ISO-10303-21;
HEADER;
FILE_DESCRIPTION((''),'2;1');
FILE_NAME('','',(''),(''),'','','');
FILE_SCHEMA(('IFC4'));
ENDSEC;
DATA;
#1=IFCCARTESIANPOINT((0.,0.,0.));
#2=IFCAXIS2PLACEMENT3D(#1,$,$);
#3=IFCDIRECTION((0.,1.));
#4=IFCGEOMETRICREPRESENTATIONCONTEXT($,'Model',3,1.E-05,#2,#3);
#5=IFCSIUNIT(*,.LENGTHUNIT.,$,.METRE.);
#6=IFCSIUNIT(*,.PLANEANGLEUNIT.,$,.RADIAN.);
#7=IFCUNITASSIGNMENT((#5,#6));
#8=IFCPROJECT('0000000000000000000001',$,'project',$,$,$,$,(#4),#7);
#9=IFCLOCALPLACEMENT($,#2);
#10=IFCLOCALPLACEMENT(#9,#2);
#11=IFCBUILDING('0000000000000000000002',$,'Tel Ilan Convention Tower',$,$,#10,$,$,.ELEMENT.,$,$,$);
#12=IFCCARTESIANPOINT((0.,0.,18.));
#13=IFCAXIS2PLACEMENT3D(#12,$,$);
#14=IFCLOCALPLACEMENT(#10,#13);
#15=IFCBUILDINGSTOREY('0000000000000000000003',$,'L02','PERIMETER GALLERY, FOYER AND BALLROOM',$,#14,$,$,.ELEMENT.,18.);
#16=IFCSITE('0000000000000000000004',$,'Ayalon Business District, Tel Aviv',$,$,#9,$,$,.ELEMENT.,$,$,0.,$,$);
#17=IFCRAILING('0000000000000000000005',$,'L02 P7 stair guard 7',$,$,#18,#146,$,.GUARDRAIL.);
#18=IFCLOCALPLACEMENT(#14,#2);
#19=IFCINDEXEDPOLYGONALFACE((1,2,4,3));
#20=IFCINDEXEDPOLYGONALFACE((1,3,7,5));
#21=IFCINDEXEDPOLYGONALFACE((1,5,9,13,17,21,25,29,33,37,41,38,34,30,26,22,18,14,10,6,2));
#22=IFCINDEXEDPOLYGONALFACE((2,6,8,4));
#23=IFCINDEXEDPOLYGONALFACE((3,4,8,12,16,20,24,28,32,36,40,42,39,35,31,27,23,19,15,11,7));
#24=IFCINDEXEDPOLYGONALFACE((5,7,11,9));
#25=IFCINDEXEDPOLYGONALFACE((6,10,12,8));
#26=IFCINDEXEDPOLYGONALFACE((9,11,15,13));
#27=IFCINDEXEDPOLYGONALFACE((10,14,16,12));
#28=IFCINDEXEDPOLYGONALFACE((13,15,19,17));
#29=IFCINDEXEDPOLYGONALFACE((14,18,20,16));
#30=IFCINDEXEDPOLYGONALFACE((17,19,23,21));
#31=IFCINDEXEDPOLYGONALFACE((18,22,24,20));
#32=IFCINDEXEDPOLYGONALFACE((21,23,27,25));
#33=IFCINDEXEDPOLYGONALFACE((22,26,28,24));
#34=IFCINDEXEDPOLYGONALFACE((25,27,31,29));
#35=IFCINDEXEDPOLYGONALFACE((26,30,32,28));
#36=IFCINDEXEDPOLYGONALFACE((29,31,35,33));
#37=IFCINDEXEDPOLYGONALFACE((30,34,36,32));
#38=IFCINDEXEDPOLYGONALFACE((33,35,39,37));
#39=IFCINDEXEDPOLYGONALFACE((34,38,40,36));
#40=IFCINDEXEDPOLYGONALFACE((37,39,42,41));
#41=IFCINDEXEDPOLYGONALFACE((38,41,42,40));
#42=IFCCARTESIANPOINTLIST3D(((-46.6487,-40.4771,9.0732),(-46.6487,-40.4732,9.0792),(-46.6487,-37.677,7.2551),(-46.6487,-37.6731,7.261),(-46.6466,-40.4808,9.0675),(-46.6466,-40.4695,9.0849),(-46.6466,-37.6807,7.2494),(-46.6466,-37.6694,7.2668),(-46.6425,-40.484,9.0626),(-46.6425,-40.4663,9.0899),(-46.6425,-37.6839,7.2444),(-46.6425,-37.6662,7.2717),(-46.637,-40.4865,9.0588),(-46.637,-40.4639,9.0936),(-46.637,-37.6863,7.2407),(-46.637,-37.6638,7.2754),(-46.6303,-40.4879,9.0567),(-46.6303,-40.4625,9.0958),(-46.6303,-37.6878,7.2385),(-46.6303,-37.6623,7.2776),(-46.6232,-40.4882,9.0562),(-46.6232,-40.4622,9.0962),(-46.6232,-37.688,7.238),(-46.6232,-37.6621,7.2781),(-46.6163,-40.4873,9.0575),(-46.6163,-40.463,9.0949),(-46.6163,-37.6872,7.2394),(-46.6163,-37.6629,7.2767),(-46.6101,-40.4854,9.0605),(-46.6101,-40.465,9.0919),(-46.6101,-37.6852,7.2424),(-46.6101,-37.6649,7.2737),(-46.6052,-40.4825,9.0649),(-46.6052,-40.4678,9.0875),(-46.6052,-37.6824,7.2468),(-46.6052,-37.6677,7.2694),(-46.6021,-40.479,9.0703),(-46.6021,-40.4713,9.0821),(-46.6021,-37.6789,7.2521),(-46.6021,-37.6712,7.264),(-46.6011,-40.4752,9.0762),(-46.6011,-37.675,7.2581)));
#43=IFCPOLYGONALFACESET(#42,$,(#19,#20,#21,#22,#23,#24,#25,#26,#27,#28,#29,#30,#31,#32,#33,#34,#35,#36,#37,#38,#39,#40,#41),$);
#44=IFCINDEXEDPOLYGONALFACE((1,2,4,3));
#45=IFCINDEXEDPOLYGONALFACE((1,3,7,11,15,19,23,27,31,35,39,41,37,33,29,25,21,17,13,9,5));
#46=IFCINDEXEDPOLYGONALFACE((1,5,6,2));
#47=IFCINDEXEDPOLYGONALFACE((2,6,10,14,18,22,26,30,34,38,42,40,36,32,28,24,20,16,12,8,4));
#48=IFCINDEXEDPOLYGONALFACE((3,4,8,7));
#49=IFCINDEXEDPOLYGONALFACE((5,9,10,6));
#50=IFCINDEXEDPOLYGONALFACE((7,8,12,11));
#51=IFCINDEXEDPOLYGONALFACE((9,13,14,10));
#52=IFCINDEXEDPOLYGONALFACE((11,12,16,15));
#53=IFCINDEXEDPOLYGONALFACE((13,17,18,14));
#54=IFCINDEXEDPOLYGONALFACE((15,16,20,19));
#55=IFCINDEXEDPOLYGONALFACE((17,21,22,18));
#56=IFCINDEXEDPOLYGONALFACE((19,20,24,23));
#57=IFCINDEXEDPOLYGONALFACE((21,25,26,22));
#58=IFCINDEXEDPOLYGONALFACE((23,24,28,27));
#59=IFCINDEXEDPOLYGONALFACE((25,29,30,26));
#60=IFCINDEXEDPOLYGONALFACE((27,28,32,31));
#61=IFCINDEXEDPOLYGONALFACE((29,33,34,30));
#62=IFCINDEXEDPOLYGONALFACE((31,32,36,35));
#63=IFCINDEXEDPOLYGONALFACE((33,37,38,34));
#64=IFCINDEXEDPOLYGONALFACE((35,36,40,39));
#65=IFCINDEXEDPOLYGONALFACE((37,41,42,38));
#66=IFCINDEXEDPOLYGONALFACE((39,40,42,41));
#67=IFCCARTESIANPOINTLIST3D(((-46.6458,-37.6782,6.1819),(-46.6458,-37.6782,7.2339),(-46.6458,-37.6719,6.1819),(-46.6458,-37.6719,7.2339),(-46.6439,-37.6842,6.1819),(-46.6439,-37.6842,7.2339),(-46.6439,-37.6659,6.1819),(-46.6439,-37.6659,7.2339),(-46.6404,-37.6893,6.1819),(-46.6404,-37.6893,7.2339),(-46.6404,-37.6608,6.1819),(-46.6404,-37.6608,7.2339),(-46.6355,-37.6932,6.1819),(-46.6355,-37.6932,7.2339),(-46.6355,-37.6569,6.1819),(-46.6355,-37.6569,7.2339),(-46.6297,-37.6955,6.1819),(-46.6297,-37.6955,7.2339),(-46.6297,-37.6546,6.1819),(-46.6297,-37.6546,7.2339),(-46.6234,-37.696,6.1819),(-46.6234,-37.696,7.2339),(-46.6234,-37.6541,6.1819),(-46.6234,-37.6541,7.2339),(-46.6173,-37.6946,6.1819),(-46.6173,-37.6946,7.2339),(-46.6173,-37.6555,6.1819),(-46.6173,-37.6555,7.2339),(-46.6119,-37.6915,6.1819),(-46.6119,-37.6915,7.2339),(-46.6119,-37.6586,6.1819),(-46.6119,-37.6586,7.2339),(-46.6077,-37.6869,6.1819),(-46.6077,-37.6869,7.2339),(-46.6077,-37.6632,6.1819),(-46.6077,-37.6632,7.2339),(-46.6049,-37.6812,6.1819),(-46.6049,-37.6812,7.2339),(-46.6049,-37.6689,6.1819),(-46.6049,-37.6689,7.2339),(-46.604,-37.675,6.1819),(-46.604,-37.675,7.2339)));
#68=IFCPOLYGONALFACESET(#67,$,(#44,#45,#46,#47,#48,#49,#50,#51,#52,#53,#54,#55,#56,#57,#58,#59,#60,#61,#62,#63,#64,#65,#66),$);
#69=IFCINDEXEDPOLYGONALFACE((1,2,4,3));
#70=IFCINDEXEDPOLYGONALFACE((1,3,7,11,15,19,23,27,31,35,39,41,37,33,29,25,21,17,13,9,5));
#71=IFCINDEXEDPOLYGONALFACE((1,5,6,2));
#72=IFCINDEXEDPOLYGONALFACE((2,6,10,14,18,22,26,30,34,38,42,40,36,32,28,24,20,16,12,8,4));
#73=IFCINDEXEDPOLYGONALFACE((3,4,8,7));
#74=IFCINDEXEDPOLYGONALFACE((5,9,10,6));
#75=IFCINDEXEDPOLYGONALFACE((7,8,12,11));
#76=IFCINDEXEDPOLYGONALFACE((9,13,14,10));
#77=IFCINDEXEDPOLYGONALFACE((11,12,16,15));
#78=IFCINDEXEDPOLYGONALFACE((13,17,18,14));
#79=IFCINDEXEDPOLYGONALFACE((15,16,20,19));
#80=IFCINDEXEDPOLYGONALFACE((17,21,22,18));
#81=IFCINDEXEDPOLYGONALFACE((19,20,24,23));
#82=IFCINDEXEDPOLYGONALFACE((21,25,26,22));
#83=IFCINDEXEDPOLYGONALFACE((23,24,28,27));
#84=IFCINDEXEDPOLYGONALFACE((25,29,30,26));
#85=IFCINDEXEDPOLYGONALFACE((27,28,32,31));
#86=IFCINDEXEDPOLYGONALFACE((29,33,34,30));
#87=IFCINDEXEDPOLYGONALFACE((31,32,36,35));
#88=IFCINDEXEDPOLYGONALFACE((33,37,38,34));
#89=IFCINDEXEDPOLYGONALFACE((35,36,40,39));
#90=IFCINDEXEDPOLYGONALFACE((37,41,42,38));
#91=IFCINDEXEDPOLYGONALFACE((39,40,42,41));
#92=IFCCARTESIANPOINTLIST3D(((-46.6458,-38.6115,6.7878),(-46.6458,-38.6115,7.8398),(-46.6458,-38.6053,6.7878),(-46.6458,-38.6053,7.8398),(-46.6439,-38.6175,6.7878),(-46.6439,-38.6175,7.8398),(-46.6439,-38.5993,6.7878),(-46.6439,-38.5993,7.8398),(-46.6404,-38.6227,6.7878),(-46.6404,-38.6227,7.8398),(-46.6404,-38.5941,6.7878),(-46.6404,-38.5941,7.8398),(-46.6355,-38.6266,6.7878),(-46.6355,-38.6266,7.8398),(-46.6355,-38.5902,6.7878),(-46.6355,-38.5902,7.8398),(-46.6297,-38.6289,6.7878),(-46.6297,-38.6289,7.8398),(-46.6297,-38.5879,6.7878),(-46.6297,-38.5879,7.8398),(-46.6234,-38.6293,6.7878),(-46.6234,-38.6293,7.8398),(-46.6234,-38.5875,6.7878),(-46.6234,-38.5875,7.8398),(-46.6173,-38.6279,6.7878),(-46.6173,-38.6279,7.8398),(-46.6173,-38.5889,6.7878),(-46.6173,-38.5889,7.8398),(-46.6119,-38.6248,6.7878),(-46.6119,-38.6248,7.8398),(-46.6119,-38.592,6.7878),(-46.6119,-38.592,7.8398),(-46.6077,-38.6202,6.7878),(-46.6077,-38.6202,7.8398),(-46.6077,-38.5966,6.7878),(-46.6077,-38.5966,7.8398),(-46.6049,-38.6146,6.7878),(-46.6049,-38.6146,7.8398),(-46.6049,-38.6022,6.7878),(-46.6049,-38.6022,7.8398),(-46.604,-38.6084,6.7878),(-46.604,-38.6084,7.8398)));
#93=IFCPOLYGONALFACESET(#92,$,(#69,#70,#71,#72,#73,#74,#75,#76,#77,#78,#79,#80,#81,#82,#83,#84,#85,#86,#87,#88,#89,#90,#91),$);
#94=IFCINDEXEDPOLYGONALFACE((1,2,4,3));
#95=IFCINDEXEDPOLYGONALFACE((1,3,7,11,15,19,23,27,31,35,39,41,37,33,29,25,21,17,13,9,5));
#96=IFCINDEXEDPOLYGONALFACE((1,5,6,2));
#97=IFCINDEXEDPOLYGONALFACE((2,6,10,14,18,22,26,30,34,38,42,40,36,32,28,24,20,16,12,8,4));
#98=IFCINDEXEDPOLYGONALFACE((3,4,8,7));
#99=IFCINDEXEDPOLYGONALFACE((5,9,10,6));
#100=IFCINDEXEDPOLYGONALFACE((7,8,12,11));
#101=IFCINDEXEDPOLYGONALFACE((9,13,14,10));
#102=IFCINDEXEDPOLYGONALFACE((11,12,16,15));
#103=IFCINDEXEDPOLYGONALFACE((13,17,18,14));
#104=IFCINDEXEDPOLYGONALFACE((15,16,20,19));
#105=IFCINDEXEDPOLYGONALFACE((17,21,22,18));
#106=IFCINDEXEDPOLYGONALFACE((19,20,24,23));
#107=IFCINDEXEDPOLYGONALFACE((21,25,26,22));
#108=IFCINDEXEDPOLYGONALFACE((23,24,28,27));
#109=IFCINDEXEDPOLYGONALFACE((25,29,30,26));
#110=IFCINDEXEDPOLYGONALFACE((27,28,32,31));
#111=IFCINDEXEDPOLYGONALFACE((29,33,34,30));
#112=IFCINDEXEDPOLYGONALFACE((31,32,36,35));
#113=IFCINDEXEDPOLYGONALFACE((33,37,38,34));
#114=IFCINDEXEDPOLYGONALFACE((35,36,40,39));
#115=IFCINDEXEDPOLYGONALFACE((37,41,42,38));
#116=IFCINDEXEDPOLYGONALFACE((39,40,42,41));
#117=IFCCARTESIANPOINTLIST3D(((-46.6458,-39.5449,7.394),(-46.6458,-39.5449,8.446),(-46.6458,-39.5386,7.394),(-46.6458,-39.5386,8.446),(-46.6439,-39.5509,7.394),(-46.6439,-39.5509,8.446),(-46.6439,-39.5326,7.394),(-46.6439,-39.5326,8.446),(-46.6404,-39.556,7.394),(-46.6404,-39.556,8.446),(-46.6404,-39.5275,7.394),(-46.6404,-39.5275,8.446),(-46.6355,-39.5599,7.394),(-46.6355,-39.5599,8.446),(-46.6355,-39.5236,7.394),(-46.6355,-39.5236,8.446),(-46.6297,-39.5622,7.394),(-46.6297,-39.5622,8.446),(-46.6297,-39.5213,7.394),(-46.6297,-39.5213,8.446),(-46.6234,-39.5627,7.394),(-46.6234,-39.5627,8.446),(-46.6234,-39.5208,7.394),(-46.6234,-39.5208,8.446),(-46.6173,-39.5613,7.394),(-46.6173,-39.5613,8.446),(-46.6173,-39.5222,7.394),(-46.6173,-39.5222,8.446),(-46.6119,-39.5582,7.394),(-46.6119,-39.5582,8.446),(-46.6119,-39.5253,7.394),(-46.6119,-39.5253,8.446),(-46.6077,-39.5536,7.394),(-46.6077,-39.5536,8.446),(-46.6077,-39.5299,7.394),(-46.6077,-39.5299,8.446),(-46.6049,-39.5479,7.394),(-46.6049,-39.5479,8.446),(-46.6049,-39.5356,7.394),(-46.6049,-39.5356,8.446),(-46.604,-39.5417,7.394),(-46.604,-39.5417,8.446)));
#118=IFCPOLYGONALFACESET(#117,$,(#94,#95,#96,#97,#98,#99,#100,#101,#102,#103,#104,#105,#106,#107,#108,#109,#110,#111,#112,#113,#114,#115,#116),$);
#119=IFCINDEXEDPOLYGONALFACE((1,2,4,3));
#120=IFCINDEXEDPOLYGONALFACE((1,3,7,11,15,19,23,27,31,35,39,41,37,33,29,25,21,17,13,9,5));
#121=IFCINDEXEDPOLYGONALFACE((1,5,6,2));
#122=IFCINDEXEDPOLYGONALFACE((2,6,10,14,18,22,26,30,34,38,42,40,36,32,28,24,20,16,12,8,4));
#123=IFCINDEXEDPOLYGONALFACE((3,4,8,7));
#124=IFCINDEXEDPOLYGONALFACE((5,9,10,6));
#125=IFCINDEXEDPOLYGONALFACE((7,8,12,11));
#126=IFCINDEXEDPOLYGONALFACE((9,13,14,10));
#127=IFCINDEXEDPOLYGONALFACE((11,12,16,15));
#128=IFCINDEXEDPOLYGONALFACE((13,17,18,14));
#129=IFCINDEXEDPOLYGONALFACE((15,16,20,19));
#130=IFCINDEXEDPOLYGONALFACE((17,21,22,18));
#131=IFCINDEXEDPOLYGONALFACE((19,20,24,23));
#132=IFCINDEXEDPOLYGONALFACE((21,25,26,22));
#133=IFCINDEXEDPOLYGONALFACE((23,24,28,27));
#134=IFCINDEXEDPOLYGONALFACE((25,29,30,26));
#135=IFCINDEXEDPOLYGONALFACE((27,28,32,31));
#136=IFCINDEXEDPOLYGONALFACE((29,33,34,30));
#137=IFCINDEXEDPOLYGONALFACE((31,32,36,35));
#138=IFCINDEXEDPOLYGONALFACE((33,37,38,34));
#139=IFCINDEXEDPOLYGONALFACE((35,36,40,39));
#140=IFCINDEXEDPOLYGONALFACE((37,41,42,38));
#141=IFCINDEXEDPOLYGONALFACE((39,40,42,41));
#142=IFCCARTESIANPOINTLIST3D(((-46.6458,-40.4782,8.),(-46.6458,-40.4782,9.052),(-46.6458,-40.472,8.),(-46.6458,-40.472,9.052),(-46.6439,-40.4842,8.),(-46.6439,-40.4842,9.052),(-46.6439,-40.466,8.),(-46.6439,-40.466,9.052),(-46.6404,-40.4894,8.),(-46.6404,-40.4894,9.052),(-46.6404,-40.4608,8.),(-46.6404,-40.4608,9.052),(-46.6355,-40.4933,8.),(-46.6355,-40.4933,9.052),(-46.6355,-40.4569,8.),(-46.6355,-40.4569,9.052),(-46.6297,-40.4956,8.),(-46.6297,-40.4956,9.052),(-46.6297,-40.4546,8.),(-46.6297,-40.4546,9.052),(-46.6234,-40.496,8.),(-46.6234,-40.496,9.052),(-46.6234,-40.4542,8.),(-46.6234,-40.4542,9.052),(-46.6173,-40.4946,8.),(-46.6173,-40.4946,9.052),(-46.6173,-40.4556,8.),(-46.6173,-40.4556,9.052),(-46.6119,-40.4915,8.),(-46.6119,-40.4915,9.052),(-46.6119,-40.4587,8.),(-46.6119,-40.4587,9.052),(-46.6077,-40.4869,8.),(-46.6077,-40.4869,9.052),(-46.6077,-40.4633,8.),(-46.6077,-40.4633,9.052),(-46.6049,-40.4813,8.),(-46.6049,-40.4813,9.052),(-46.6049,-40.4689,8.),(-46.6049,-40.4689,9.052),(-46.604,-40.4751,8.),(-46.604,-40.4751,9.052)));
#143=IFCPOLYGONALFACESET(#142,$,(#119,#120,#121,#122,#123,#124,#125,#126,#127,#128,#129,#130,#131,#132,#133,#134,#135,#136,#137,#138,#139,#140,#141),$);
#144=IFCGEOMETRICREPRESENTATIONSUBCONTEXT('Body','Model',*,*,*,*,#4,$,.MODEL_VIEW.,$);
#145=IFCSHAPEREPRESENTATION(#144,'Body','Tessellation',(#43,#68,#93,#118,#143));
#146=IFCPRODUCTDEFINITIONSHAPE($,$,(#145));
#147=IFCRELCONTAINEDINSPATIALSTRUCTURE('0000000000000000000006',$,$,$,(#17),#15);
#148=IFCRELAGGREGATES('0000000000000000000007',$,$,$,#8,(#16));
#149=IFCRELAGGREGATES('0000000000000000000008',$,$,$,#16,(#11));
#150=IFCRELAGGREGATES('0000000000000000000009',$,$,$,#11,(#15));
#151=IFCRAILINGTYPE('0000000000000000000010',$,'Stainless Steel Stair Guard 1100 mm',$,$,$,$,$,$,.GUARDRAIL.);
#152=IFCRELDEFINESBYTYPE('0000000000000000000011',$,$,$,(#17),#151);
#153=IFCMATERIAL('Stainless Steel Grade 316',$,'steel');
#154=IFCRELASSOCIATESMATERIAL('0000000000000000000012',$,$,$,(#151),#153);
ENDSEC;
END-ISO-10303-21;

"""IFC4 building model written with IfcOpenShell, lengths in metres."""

from ifc_helpers import new_model, si_unit, direction, frame, origin, origin_2d, place, context, subcontext, project, spatial, circle, extrude, material, type_object, element, save


model = new_model("IFC4")

# Units and contexts
model_context = context("Model", 3, precision=1e-05, world=origin(), true_north=direction((0.0, 1.0)))
body_context = subcontext(model_context, "Body", "Model", "MODEL_VIEW")
ifc_project = project(units=[si_unit("LENGTHUNIT", "METRE"), si_unit("PLANEANGLEUNIT", "RADIAN")], contexts=[model_context])

# Site, building, storey
site_placement = place(None, origin())
site = spatial("IfcSite", under=ifc_project, at=site_placement, Name="Ayalon Business District, Tel Aviv", CompositionType="ELEMENT", RefElevation=0.0)
building_placement = place(site_placement, origin())
building = spatial("IfcBuilding", under=site, at=building_placement, Name="Tel Ilan Convention Tower", CompositionType="ELEMENT")
storey_placement = place(building_placement, frame((0.0, 0.0, 18.0)))
storey = spatial("IfcBuildingStorey", under=building, at=storey_placement, Name="L02", Description="PERIMETER GALLERY, FOYER AND BALLROOM", CompositionType="ELEMENT", Elevation=18.0)

# Railing
ifc_material_1 = material(Name="Stainless Steel Grade 316", Category="steel")
railing_type_1 = type_object("IfcRailingType", Name="Stainless Steel Stair Guard 1100 mm", PredefinedType="GUARDRAIL", material=ifc_material_1)
railing_1_placement = place(storey_placement, frame((-46.625, -37.675, 6.1819)))
element("IfcRailing", 1, at=railing_1_placement, inside=storey, type_object=railing_type_1, Name="L02 P7 stair guard 7", PredefinedType="GUARDRAIL", context=body_context, shape_type="SweptSolid", body=[
    extrude(circle(Radius=0.0239, at=origin_2d()), frame((0.0, 0.0, 1.0762), z_axis=(0.0, -0.838706, 0.544585), x_axis=(1.0, 0.0, 0.0)), (0.0, 0.0, 1.0), 3.3386),
    extrude(circle(Radius=0.021, at=origin_2d()), origin(), (0.0, 0.0, 1.0), 1.052),
    extrude(circle(Radius=0.021, at=origin_2d()), frame((0.0, -0.9333, 0.606)), (0.0, 0.0, 1.0), 1.052),
    extrude(circle(Radius=0.021, at=origin_2d()), frame((0.0, -1.8667, 1.2122)), (0.0, 0.0, 1.0), 1.052),
    extrude(circle(Radius=0.021, at=origin_2d()), frame((0.0, -2.8, 1.8181)), (0.0, 0.0, 1.0), 1.052),
])

save(model, "model.ifc")
